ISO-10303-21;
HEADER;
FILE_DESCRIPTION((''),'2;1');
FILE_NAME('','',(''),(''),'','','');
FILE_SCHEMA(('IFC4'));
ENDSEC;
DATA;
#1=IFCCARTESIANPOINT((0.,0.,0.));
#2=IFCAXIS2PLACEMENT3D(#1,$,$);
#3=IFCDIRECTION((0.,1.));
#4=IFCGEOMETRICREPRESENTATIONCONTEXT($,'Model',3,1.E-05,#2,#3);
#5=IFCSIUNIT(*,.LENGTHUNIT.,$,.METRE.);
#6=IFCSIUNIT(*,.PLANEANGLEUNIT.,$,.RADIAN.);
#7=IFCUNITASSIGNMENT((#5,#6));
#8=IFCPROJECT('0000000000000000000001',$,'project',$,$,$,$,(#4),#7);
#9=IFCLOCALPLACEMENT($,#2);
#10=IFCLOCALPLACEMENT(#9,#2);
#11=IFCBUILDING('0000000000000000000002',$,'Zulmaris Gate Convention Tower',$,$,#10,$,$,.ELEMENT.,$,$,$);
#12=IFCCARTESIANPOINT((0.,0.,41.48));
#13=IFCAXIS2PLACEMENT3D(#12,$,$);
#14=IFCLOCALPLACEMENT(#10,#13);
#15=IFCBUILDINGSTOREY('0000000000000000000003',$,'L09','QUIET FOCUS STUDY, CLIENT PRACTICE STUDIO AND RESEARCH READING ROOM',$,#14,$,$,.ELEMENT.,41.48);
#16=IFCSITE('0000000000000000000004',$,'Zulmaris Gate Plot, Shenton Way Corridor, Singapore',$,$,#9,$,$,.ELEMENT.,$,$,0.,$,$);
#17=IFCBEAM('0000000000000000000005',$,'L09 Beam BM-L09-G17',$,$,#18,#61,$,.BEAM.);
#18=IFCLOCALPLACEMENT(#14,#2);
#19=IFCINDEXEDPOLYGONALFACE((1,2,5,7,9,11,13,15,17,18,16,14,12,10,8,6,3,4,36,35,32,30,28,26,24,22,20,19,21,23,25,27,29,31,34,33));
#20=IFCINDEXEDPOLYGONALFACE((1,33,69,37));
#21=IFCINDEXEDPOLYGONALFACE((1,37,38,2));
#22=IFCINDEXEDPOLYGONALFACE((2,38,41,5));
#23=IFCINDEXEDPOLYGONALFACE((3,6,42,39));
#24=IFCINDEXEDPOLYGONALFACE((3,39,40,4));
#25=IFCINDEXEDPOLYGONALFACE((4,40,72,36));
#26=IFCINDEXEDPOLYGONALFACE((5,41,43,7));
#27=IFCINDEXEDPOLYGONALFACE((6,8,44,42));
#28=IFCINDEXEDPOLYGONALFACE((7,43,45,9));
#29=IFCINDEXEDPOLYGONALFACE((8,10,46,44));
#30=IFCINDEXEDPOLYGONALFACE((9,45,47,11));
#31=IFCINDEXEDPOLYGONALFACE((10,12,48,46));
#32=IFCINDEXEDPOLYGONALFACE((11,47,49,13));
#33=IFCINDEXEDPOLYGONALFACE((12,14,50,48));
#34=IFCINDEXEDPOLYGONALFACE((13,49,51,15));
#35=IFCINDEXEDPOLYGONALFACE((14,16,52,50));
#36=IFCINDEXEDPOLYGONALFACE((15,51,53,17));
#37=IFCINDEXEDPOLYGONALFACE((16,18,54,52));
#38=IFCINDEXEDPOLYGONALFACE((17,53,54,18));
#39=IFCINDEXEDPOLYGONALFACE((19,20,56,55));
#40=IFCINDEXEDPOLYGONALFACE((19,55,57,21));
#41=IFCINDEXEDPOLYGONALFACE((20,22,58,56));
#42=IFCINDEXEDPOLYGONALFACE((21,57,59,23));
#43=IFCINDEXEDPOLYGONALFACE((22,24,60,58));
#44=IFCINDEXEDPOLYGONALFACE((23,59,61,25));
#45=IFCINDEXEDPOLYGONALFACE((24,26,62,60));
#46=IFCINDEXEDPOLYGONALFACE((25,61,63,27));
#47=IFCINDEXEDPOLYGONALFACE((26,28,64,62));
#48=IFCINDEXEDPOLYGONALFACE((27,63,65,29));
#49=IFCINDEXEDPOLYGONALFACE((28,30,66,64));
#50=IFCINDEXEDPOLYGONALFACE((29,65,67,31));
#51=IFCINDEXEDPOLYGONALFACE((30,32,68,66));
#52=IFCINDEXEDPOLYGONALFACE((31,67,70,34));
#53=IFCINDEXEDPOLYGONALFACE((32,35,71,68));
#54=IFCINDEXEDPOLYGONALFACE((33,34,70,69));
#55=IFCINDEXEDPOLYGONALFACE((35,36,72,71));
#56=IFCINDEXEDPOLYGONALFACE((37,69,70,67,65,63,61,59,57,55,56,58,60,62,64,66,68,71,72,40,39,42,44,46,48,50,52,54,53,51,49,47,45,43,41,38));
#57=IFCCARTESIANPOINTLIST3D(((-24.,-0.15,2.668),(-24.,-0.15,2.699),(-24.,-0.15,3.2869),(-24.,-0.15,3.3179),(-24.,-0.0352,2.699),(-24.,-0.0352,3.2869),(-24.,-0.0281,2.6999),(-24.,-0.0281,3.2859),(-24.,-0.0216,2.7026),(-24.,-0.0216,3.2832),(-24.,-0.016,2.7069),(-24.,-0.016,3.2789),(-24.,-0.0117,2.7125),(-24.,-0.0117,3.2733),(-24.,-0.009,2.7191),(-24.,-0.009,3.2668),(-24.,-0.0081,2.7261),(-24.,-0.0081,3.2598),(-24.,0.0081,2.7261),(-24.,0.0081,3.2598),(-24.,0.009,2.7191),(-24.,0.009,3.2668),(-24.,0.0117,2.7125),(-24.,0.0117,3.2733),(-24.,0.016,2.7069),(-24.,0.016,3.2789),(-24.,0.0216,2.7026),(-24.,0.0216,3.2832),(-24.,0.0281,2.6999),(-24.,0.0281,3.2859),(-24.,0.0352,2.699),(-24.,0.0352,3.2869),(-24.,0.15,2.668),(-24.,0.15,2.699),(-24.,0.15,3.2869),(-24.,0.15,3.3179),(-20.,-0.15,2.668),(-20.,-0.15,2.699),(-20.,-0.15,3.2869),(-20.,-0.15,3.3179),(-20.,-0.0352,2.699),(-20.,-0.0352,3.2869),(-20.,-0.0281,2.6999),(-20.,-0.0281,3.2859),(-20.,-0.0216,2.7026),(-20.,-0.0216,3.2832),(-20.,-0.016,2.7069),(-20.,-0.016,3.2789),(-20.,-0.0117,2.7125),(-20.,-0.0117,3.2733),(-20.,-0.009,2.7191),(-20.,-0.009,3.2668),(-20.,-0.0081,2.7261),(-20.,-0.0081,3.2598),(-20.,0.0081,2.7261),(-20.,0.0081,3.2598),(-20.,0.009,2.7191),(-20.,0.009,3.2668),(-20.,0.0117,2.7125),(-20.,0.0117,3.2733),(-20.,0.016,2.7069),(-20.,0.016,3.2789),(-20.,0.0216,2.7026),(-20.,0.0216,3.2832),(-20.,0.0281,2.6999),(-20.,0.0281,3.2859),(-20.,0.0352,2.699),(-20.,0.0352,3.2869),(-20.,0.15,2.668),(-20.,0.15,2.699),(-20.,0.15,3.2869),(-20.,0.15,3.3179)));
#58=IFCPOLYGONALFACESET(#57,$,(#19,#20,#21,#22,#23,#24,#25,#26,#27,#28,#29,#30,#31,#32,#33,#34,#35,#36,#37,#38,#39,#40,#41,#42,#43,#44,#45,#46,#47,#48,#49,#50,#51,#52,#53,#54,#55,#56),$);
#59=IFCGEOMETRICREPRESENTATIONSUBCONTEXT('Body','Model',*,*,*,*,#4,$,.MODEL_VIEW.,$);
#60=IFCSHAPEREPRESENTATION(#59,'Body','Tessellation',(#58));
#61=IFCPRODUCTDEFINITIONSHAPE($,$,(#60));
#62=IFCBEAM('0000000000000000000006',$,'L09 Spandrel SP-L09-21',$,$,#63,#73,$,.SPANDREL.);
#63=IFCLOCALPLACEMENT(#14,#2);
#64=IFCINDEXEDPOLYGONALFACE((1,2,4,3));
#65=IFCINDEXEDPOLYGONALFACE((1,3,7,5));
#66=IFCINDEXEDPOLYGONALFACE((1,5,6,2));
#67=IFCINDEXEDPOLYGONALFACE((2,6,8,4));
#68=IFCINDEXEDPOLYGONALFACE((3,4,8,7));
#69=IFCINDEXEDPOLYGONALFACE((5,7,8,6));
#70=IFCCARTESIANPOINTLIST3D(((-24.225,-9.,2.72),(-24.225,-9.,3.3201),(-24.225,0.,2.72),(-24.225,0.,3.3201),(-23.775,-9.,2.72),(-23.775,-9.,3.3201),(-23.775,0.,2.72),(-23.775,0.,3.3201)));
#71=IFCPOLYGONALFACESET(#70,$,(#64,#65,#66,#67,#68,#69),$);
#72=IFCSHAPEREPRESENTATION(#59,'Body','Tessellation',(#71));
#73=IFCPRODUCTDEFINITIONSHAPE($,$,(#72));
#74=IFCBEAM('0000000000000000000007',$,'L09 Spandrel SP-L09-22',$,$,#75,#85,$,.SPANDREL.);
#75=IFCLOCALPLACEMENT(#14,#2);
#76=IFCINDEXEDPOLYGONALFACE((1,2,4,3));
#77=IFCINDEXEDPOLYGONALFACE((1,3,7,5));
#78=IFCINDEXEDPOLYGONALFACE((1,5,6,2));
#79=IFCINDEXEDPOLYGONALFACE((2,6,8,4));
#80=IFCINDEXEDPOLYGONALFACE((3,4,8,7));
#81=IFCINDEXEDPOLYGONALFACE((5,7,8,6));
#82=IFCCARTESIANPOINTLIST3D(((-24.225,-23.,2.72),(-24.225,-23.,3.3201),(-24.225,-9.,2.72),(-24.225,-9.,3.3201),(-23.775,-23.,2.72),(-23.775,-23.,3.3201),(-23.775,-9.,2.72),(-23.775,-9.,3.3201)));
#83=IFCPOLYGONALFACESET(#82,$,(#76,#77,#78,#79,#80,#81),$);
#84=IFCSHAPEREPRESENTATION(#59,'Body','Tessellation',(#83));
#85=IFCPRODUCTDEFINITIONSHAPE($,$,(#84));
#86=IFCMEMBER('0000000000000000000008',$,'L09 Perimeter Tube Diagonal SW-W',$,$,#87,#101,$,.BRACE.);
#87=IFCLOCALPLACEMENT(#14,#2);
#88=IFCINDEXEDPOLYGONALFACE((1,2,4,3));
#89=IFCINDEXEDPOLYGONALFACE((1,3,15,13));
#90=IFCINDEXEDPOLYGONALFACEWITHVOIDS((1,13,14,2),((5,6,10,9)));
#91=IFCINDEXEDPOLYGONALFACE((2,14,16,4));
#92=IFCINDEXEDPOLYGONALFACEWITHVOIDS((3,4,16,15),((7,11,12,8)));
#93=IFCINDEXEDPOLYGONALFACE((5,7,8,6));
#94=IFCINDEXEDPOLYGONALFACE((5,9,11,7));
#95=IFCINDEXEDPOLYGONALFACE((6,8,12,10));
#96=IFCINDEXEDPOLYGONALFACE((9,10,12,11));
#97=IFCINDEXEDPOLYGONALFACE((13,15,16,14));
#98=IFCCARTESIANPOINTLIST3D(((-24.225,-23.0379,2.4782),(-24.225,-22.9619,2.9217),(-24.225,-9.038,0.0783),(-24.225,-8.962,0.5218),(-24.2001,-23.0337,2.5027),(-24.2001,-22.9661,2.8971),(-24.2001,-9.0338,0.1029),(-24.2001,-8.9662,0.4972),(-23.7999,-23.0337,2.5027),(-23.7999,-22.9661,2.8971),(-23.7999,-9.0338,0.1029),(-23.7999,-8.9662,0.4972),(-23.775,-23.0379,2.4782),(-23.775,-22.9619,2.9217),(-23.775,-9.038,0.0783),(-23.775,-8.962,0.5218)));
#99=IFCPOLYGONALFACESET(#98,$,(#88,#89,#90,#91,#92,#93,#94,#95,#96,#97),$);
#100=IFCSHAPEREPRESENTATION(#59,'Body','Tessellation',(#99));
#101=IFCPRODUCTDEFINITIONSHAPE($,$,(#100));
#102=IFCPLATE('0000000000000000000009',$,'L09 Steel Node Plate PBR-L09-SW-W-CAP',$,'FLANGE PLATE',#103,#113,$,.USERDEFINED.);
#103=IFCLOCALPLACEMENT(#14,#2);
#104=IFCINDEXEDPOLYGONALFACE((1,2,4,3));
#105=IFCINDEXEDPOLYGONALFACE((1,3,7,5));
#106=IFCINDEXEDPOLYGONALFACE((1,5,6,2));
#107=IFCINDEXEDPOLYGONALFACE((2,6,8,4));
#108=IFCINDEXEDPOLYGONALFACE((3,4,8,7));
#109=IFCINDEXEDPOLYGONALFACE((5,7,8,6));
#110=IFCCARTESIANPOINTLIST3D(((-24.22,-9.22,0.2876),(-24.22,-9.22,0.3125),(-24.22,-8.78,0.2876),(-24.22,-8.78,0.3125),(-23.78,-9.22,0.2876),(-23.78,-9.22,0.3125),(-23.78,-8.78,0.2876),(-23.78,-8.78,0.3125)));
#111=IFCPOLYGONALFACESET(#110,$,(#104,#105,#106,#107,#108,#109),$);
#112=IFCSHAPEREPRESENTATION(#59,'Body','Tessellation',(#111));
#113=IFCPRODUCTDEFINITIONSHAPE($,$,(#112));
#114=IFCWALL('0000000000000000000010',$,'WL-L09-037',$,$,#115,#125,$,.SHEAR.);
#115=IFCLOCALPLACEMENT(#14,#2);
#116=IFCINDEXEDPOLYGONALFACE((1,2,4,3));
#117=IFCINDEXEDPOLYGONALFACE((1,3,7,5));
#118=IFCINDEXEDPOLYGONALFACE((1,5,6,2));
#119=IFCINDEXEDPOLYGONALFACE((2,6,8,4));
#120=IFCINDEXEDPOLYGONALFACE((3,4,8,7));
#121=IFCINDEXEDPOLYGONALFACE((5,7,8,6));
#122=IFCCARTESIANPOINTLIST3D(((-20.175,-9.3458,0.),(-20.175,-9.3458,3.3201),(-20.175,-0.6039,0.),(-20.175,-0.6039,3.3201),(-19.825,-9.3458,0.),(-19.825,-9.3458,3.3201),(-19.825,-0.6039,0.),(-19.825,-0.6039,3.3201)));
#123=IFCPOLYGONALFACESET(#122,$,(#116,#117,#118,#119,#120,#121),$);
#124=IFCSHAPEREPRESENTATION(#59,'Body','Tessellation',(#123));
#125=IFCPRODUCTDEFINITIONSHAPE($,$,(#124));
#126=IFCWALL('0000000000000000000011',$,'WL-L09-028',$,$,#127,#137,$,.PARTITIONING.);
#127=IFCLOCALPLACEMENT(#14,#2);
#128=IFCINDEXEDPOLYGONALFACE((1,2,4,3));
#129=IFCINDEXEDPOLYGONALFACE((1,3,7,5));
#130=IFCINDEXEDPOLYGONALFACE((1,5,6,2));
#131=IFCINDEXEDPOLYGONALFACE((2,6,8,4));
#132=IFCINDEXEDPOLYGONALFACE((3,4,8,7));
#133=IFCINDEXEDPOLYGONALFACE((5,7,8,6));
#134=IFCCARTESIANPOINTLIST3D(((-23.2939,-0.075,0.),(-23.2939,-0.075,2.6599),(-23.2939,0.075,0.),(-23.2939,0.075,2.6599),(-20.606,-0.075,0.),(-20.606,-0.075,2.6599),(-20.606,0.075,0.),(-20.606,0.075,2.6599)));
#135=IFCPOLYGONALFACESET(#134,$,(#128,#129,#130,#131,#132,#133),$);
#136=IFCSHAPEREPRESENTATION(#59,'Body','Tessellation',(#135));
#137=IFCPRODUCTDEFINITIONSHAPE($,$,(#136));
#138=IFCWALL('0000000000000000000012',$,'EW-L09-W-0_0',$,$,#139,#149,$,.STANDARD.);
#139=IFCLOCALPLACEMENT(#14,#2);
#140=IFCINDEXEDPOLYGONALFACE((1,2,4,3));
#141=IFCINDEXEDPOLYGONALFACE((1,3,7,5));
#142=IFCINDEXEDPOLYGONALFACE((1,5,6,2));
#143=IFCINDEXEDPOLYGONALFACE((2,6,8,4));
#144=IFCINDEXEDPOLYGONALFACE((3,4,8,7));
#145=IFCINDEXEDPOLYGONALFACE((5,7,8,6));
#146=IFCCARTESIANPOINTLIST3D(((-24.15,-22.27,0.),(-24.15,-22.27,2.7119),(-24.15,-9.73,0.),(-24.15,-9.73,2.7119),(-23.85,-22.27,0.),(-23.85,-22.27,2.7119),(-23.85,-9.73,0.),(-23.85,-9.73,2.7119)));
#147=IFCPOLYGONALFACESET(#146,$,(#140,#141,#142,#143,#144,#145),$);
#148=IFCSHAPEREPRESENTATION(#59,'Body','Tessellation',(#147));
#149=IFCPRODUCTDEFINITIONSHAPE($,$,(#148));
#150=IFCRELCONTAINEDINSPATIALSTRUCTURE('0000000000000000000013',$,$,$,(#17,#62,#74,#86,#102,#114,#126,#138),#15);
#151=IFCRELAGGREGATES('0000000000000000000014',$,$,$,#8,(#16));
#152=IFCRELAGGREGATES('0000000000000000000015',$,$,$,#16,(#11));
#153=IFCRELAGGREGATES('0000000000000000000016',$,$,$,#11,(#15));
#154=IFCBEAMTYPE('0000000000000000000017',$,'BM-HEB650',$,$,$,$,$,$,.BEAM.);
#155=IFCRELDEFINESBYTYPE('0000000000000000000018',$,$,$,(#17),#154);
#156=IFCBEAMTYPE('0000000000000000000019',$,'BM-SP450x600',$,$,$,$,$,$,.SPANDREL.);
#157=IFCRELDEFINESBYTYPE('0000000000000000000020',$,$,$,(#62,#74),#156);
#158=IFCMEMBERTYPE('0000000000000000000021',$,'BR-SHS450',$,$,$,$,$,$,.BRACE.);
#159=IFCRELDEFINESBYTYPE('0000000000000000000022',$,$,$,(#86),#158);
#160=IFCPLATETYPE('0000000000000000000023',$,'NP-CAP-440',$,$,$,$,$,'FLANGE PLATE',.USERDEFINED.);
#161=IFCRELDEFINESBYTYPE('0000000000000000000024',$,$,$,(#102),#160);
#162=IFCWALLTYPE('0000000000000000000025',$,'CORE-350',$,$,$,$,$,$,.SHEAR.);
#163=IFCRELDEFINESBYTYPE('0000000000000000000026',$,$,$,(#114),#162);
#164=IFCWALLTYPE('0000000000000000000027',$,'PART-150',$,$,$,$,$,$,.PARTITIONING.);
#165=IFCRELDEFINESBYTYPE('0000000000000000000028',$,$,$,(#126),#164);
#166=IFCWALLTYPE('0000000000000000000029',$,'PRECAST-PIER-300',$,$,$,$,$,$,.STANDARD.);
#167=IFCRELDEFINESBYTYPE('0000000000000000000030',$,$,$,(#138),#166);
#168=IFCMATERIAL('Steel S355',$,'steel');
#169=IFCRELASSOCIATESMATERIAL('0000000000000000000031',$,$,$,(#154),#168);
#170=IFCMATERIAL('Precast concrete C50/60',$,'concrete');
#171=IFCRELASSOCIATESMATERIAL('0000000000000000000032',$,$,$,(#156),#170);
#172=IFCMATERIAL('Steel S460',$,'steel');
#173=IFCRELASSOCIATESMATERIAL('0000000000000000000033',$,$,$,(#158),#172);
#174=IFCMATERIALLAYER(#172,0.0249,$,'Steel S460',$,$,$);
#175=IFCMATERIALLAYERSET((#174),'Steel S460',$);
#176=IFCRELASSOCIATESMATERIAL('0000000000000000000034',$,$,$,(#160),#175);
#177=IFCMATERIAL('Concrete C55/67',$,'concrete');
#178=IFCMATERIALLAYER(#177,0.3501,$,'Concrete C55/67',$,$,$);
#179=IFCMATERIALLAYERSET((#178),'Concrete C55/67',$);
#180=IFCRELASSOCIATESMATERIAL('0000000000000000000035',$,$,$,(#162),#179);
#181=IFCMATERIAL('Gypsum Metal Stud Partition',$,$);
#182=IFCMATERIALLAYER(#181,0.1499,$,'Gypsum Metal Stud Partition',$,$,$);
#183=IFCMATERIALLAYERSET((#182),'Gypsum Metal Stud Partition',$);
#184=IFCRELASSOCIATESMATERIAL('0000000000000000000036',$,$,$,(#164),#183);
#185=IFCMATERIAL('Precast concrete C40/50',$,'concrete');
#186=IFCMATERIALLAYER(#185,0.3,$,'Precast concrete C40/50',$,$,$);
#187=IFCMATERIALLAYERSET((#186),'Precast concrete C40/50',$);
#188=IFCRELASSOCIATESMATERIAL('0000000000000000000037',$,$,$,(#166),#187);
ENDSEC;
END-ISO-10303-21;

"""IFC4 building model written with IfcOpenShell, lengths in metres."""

from ifc_helpers import new_model, si_unit, direction, frame, frame_2d, origin, origin_2d, place, context, subcontext, project, spatial, rectangle, hollow_rectangle, i_section, extrude, material, layer, layer_set, material_profile, profile_set, type_object, element, save


model = new_model("IFC4")

# Units and contexts
model_context = context("Model", 3, precision=1e-05, world=origin(), true_north=direction((0.0, 1.0)))
body_context = subcontext(model_context, "Body", "Model", "MODEL_VIEW")
ifc_project = project(units=[si_unit("LENGTHUNIT", "METRE"), si_unit("PLANEANGLEUNIT", "RADIAN")], contexts=[model_context])

# Site, building, storey
site_placement = place(None, origin())
site = spatial("IfcSite", under=ifc_project, at=site_placement, Name="Zulmaris Gate Plot, Shenton Way Corridor, Singapore", CompositionType="ELEMENT", RefElevation=0.0)
building_placement = place(site_placement, origin())
building = spatial("IfcBuilding", under=site, at=building_placement, Name="Zulmaris Gate Convention Tower", CompositionType="ELEMENT")
storey_placement = place(building_placement, frame((0.0, 0.0, 41.48)))
storey = spatial("IfcBuildingStorey", under=building, at=storey_placement, Name="L09", Description="QUIET FOCUS STUDY, CLIENT PRACTICE STUDIO AND RESEARCH READING ROOM", CompositionType="ELEMENT", Elevation=41.48)

# Beams
ifc_material_1 = material(Name="Steel S355", Category="steel")
ifc_material_profile_1 = material_profile(ifc_material_1, i_section(OverallWidth=0.3, OverallDepth=0.6499, WebThickness=0.0161, FlangeThickness=0.031, FilletRadius=0.0271, at=origin_2d()), Name="HEB 650")
ifc_profile_set_1 = profile_set([ifc_material_profile_1], Name="Steel S355")
beam_type_1 = type_object("IfcBeamType", Name="BM-HEB650", PredefinedType="BEAM", material=ifc_profile_set_1)
for number, where, z_axis, x_axis, name in (
    (1, (-24.0, 0.0, 2.9929), (1.0, 0.0, 0.0), (0.0, 1.0, 0.0), "L09 Beam BM-L09-G17"),
):
    element("IfcBeam", number, at=place(storey_placement, frame(where, z_axis=z_axis, x_axis=x_axis)), inside=storey, type_object=beam_type_1, Name=name, PredefinedType="BEAM", context=body_context, shape_type="SweptSolid", body=[
        extrude(i_section(OverallWidth=0.3, OverallDepth=0.6499, WebThickness=0.0161, FlangeThickness=0.031, FilletRadius=0.0271, at=origin_2d()), origin(), (0.0, 0.0, 1.0), 4.0),
    ])
ifc_material_2 = material(Name="Precast concrete C50/60", Category="concrete")
ifc_material_profile_2 = material_profile(ifc_material_2, rectangle(XDim=0.45, YDim=0.6001, at=origin_2d()), Name="RC SPANDREL 450x600")
ifc_profile_set_2 = profile_set([ifc_material_profile_2], Name="Precast concrete C50/60")
beam_type_2 = type_object("IfcBeamType", Name="BM-SP450x600", PredefinedType="SPANDREL", material=ifc_profile_set_2)
beam_1_placement = place(storey_placement, frame((-24.0, 0.0, 3.02), z_axis=(0.0, -1.0, 0.0), x_axis=(1.0, 0.0, 0.0)))
element("IfcBeam", 2, at=beam_1_placement, inside=storey, type_object=beam_type_2, Name="L09 Spandrel SP-L09-21", PredefinedType="SPANDREL", context=body_context, shape_type="SweptSolid", body=[
    extrude(rectangle(XDim=0.45, YDim=0.6001, at=origin_2d()), origin(), (0.0, 0.0, 1.0), 9.0),
])
beam_2_placement = place(storey_placement, frame((-24.0, -9.0, 3.02), z_axis=(0.0, -1.0, 0.0), x_axis=(1.0, 0.0, 0.0)))
element("IfcBeam", 3, at=beam_2_placement, inside=storey, type_object=beam_type_2, Name="L09 Spandrel SP-L09-22", PredefinedType="SPANDREL", context=body_context, shape_type="SweptSolid", body=[
    extrude(rectangle(XDim=0.45, YDim=0.6001, at=origin_2d()), origin(), (0.0, 0.0, 1.0), 14.0),
])

# Member
ifc_material_3 = material(Name="Steel S460", Category="steel")
ifc_material_profile_3 = material_profile(ifc_material_3, hollow_rectangle(XDim=0.45, YDim=0.45, WallThickness=0.0249, at=origin_2d()), Name="SHS 450x450x25")
ifc_profile_set_3 = profile_set([ifc_material_profile_3], Name="Steel S460")
member_type = type_object("IfcMemberType", Name="BR-SHS450", PredefinedType="BRACE", material=ifc_profile_set_3)
member_placement = place(storey_placement, frame((-24.0, -9.0, 0.3), z_axis=(0.0, -0.985623, 0.168957), x_axis=(1.0, 0.0, 0.0)))
element("IfcMember", 4, at=member_placement, inside=storey, type_object=member_type, Name="L09 Perimeter Tube Diagonal SW-W", PredefinedType="BRACE", context=body_context, shape_type="SweptSolid", body=[
    extrude(hollow_rectangle(XDim=0.45, YDim=0.45, WallThickness=0.0249, at=origin_2d()), origin(), (0.0, 0.0, 1.0), 14.2041),
])

# Plate
ifc_layer_1 = layer(ifc_material_3, 0.0249, Name="Steel S460")
ifc_layer_set_1 = layer_set([ifc_layer_1], Name="Steel S460")
plate_type = type_object("IfcPlateType", Name="NP-CAP-440", ElementType="FLANGE PLATE", PredefinedType="USERDEFINED", material=ifc_layer_set_1)
plate_placement = place(storey_placement, frame((-24.0, -9.0, 0.2876), z_axis=(0.0, 0.0, 1.0), x_axis=(1.0, 0.0, 0.0)))
element("IfcPlate", 5, at=plate_placement, inside=storey, type_object=plate_type, Name="L09 Steel Node Plate PBR-L09-SW-W-CAP", ObjectType="FLANGE PLATE", PredefinedType="USERDEFINED", context=body_context, shape_type="SweptSolid", body=[
    extrude(rectangle(XDim=0.4399, YDim=0.4399, at=origin_2d()), origin(), (0.0, 0.0, 1.0), 0.0249),
])

# Walls
ifc_material_4 = material(Name="Concrete C55/67", Category="concrete")
ifc_layer_2 = layer(ifc_material_4, 0.3501, Name="Concrete C55/67")
ifc_layer_set_2 = layer_set([ifc_layer_2], Name="Concrete C55/67")
wall_type_1 = type_object("IfcWallType", Name="CORE-350", PredefinedType="SHEAR", material=ifc_layer_set_2)
wall_1_placement = place(storey_placement, frame((-20.0, -9.3459, 0.0), z_axis=(0.0, 0.0, 1.0), x_axis=(0.0, 1.0, 0.0)))
element("IfcWall", 6, at=wall_1_placement, inside=storey, type_object=wall_type_1, Name="WL-L09-037", PredefinedType="SHEAR", context=body_context, shape_type="SweptSolid", body=[
    extrude(rectangle(XDim=8.7419, YDim=0.3501, at=frame_2d((4.3711, 0.0))), origin(), (0.0, 0.0, 1.0), 3.3201),
])
ifc_material_5 = material(Name="Gypsum Metal Stud Partition")
ifc_layer_3 = layer(ifc_material_5, 0.1499, Name="Gypsum Metal Stud Partition")
ifc_layer_set_3 = layer_set([ifc_layer_3], Name="Gypsum Metal Stud Partition")
wall_type_2 = type_object("IfcWallType", Name="PART-150", PredefinedType="PARTITIONING", material=ifc_layer_set_3)
wall_2_placement = place(storey_placement, frame((-23.2939, 0.0, 0.0), z_axis=(0.0, 0.0, 1.0), x_axis=(1.0, 0.0, 0.0)))
element("IfcWall", 7, at=wall_2_placement, inside=storey, type_object=wall_type_2, Name="WL-L09-028", PredefinedType="PARTITIONING", context=body_context, shape_type="SweptSolid", body=[
    extrude(rectangle(XDim=2.688, YDim=0.1499, at=frame_2d((1.344, 0.0))), origin(), (0.0, 0.0, 1.0), 2.6599),
])
ifc_material_6 = material(Name="Precast concrete C40/50", Category="concrete")
ifc_layer_4 = layer(ifc_material_6, 0.3, Name="Precast concrete C40/50")
ifc_layer_set_4 = layer_set([ifc_layer_4], Name="Precast concrete C40/50")
wall_type_3 = type_object("IfcWallType", Name="PRECAST-PIER-300", PredefinedType="STANDARD", material=ifc_layer_set_4)
wall_3_placement = place(storey_placement, frame((-24.0, -9.73, 0.0), z_axis=(0.0, 0.0, 1.0), x_axis=(0.0, -1.0, 0.0)))
element("IfcWall", 8, at=wall_3_placement, inside=storey, type_object=wall_type_3, Name="EW-L09-W-0_0", PredefinedType="STANDARD", context=body_context, shape_type="SweptSolid", body=[
    extrude(rectangle(XDim=12.54, YDim=0.3, at=frame_2d((6.27, 0.0))), origin(), (0.0, 0.0, 1.0), 2.7119),
])

save(model, "model.ifc")
